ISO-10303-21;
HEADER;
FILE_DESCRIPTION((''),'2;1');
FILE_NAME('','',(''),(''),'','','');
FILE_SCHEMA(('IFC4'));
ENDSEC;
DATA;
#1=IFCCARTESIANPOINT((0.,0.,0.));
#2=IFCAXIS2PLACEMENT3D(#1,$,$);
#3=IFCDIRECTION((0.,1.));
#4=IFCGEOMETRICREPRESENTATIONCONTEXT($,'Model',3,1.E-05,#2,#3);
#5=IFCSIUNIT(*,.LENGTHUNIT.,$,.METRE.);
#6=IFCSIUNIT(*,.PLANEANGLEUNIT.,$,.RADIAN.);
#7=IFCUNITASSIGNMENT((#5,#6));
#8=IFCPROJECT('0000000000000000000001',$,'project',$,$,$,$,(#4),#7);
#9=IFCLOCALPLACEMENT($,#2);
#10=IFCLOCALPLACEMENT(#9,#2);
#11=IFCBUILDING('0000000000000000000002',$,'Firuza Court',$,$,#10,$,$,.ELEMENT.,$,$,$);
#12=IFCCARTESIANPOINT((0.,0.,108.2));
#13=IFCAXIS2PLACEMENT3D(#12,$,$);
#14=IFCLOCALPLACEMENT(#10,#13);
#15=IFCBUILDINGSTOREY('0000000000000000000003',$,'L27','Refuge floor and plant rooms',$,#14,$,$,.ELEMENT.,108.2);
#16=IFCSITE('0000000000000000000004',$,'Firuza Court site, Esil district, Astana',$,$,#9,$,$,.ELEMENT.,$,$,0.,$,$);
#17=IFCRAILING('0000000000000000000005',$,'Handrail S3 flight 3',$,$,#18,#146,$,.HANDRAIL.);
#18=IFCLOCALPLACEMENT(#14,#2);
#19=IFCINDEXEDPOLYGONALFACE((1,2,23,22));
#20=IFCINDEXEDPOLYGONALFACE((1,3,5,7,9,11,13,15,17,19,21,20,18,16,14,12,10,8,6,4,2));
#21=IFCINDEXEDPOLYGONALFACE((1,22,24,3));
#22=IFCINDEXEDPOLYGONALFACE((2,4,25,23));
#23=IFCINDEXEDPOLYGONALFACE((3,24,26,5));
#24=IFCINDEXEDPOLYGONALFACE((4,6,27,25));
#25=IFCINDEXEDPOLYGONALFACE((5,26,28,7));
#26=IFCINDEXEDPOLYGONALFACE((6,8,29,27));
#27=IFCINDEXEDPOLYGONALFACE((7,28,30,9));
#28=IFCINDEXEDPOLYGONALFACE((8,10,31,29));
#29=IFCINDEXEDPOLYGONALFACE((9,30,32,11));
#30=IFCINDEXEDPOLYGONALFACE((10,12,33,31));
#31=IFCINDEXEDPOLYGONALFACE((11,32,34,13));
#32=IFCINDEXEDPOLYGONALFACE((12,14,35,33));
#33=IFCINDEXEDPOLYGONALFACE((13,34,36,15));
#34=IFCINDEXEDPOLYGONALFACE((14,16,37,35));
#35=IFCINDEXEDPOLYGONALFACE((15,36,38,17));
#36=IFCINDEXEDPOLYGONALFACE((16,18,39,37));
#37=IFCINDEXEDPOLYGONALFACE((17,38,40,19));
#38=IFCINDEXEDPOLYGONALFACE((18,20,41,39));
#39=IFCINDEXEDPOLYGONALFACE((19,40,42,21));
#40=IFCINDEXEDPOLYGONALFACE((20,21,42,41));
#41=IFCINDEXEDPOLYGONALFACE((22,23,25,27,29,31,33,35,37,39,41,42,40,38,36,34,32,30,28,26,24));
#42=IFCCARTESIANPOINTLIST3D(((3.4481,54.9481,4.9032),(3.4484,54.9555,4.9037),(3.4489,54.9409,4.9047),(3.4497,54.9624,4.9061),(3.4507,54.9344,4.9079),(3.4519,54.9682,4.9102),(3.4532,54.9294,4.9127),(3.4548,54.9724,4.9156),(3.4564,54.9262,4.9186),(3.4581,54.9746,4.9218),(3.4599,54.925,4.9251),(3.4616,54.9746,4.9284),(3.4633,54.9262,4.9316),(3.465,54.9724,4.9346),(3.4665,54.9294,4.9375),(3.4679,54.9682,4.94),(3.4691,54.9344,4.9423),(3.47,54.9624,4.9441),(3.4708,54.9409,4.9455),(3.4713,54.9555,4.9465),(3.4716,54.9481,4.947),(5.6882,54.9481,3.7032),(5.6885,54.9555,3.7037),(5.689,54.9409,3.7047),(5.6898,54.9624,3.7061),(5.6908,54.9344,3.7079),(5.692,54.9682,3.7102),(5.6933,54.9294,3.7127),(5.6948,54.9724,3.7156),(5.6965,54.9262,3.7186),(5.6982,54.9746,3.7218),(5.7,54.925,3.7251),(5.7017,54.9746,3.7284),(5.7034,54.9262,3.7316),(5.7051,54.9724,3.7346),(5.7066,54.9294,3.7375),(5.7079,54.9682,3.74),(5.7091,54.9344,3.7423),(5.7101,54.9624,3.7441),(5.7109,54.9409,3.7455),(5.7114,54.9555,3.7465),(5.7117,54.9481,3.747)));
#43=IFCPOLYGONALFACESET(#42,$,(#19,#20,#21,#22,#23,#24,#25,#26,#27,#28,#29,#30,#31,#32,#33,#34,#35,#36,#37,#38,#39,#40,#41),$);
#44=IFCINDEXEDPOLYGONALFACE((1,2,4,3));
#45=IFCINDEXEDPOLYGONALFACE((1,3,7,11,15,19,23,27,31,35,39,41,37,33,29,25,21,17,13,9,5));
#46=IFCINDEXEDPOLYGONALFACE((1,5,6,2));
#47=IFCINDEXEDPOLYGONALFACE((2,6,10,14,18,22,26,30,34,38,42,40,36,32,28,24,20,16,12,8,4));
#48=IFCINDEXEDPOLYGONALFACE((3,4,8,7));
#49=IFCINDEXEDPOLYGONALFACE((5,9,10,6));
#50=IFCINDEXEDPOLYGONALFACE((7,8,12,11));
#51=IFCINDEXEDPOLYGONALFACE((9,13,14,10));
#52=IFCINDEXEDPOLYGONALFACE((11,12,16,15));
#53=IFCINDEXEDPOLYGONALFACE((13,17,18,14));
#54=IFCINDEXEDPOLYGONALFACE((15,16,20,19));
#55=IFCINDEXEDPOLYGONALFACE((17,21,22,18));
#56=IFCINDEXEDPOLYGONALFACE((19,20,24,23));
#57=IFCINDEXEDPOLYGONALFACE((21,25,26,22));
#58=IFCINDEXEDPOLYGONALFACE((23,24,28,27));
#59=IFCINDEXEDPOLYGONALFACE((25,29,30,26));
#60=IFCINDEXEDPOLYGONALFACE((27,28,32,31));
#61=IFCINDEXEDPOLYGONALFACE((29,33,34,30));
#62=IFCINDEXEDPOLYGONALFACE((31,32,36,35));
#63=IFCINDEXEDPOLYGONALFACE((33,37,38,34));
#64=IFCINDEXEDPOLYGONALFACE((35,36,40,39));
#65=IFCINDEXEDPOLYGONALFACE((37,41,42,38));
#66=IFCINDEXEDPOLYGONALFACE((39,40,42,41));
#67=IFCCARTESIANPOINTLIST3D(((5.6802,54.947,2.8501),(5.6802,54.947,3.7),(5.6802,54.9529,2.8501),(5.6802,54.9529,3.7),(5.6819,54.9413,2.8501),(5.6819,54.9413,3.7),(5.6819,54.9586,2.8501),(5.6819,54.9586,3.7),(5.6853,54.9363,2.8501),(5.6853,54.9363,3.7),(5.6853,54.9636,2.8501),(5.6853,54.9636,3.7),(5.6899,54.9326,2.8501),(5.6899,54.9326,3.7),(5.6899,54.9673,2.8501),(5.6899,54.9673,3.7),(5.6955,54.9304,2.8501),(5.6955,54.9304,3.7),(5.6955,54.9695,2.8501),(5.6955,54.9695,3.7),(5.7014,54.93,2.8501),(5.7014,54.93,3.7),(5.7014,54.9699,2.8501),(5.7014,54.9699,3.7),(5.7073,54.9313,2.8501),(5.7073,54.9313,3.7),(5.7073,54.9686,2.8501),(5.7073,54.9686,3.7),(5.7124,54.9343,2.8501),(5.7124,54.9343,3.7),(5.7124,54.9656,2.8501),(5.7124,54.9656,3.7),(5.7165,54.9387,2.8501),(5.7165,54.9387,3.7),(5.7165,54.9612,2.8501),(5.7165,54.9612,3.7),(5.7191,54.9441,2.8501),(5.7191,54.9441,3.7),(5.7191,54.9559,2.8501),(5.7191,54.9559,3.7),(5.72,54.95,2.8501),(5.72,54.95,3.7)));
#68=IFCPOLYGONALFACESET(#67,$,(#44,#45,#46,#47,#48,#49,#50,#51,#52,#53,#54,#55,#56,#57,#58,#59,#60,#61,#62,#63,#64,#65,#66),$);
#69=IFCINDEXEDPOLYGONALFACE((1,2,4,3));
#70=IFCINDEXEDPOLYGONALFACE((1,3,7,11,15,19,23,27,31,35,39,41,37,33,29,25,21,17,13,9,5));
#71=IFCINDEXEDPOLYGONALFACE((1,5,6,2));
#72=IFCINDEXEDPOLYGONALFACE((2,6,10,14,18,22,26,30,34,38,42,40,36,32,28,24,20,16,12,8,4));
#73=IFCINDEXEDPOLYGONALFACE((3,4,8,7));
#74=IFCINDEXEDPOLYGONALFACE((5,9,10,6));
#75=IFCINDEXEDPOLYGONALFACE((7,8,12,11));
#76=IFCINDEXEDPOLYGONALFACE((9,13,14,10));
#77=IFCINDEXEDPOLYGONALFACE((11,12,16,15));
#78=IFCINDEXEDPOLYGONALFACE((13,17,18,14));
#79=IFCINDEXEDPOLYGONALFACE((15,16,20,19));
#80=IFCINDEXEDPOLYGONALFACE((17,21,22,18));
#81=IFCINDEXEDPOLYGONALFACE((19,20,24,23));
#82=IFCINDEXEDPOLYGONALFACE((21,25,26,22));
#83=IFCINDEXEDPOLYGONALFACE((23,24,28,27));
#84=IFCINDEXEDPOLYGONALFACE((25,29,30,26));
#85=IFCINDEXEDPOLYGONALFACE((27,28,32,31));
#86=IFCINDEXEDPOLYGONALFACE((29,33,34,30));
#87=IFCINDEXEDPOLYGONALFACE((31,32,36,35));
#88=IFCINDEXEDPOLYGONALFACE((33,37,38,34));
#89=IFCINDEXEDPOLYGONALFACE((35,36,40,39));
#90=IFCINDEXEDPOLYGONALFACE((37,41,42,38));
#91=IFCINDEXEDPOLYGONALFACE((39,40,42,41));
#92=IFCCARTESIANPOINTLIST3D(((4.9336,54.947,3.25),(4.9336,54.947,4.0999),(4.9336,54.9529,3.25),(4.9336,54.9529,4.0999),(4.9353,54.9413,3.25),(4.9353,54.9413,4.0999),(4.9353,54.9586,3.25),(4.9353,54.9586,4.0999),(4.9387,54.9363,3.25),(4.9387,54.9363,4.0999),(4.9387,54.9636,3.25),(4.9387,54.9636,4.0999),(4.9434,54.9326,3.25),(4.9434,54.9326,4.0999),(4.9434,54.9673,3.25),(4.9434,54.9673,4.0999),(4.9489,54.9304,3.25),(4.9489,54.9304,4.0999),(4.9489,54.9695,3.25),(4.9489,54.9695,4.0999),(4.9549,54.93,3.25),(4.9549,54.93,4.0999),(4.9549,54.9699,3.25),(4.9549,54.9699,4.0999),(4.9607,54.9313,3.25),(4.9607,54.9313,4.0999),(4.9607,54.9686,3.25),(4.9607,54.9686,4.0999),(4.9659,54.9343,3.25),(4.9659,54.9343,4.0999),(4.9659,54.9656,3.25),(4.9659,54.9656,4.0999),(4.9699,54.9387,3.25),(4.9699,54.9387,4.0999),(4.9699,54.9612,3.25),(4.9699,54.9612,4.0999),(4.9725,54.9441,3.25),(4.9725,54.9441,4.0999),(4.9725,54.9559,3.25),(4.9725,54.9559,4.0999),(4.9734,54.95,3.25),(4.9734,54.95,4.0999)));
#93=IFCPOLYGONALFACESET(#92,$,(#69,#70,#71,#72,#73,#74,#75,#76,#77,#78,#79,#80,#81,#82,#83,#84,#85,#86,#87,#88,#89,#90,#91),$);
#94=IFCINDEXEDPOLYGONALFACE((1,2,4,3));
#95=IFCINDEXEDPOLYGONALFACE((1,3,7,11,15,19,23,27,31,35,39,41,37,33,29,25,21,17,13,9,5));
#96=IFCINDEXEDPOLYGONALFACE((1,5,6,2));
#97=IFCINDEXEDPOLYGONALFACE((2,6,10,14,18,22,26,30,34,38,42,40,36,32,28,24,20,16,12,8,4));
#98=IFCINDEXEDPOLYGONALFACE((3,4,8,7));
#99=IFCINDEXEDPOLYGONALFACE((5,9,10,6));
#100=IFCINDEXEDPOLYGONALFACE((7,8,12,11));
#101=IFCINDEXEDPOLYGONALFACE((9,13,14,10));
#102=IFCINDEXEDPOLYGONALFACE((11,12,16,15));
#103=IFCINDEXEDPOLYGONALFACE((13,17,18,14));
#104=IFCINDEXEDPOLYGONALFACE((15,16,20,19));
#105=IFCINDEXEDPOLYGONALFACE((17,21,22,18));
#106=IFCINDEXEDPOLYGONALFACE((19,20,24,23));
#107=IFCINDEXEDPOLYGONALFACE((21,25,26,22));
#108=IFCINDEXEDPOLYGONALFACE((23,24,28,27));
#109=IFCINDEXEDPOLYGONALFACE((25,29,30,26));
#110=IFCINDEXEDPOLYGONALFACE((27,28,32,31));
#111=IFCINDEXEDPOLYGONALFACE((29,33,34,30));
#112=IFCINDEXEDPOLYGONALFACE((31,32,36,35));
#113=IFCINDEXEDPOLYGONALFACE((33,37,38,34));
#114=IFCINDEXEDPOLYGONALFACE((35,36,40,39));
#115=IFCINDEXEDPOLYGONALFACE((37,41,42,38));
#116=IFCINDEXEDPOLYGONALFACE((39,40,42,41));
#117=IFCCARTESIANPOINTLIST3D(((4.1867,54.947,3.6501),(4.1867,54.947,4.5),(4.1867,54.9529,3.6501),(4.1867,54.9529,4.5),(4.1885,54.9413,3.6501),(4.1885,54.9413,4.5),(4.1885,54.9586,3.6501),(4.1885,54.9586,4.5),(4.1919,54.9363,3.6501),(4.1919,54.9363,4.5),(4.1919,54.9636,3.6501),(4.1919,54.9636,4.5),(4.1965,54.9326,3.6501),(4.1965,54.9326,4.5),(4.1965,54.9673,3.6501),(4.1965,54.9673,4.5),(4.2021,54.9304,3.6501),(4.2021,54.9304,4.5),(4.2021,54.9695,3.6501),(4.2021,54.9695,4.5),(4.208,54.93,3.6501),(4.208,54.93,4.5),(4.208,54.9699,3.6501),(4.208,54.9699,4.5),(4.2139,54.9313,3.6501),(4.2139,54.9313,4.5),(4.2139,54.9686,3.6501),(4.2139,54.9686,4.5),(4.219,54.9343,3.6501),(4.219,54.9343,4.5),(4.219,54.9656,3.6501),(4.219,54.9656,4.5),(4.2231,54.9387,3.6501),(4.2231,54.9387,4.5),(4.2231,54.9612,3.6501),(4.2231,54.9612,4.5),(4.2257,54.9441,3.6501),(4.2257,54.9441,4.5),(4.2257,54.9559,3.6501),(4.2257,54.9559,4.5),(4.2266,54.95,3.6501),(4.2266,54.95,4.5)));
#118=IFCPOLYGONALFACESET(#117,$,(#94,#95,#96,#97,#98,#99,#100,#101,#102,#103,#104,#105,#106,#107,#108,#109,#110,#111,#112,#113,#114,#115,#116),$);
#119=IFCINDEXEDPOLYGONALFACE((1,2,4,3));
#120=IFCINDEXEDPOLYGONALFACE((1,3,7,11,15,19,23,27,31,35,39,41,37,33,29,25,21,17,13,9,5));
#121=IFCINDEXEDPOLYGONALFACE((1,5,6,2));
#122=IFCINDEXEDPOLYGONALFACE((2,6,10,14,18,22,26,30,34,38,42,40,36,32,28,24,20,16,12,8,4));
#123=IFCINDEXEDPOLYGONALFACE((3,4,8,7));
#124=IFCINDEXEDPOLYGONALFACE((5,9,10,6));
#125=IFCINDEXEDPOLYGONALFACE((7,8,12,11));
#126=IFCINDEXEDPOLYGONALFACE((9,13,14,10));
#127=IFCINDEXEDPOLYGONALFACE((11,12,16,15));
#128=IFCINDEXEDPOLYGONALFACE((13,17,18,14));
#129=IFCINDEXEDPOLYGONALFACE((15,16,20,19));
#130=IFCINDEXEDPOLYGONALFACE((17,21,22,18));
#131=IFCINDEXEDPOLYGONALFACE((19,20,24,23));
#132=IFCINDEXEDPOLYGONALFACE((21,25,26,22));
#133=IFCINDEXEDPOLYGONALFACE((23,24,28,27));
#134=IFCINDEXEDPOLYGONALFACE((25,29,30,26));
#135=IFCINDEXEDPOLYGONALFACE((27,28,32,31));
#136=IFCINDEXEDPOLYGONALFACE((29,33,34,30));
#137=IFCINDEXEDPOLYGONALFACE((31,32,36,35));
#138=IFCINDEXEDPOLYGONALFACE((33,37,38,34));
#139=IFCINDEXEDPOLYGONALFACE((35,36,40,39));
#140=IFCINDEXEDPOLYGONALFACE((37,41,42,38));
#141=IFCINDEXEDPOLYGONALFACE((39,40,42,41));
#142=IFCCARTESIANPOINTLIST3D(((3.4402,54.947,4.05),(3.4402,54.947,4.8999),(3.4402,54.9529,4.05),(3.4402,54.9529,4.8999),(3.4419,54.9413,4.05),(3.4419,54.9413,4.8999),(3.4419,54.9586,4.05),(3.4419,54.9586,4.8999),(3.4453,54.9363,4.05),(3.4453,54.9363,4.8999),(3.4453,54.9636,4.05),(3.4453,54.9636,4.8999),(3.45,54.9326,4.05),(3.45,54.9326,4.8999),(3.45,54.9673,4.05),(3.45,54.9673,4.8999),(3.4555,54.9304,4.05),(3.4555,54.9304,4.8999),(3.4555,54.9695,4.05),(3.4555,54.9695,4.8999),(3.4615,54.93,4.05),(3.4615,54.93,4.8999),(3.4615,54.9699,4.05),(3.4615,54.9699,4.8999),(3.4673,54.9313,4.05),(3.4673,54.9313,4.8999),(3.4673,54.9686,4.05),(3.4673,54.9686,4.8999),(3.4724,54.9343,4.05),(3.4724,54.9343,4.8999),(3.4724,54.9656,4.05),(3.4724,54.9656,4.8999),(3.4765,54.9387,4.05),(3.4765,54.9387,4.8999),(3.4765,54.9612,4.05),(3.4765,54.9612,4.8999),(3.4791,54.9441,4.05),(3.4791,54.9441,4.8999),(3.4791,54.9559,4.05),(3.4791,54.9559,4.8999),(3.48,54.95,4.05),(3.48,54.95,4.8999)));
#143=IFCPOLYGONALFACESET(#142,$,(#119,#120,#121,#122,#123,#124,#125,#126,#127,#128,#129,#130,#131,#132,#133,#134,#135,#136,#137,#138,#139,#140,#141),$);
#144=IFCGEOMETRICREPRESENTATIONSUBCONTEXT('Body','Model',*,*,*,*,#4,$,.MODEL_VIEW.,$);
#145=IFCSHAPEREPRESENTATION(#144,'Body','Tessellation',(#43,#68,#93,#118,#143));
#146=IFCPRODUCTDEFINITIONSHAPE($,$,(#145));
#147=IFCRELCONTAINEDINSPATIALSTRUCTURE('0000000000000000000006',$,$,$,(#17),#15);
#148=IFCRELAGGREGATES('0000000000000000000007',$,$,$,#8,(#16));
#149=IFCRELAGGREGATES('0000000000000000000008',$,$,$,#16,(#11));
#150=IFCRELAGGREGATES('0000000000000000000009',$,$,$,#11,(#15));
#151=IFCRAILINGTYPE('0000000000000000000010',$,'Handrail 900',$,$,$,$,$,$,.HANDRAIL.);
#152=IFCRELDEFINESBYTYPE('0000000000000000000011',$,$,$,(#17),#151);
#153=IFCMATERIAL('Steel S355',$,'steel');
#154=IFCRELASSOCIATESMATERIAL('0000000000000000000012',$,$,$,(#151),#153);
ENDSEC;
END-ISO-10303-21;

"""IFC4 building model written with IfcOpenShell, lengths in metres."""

from ifc_helpers import new_model, si_unit, direction, frame, origin, origin_2d, place, context, subcontext, project, spatial, circle, extrude, material, type_object, element, save


model = new_model("IFC4")

# Units and contexts
model_context = context("Model", 3, precision=1e-05, world=origin(), true_north=direction((0.0, 1.0)))
body_context = subcontext(model_context, "Body", "Model", "MODEL_VIEW")
ifc_project = project(units=[si_unit("LENGTHUNIT", "METRE"), si_unit("PLANEANGLEUNIT", "RADIAN")], contexts=[model_context])

# Site, building, storey
site_placement = place(None, origin())
site = spatial("IfcSite", under=ifc_project, at=site_placement, Name="Firuza Court site, Esil district, Astana", CompositionType="ELEMENT", RefElevation=0.0)
building_placement = place(site_placement, origin())
building = spatial("IfcBuilding", under=site, at=building_placement, Name="Firuza Court", CompositionType="ELEMENT")
storey_placement = place(building_placement, frame((0.0, 0.0, 108.2)))
storey = spatial("IfcBuildingStorey", under=building, at=storey_placement, Name="L27", Description="Refuge floor and plant rooms", CompositionType="ELEMENT", Elevation=108.2)

# Railing
ifc_material_1 = material(Name="Steel S355", Category="steel")
railing_type_1 = type_object("IfcRailingType", Name="Handrail 900", PredefinedType="HANDRAIL", material=ifc_material_1)
for number, where, name in (
    (1, (5.7, 54.95, 2.8501), "Handrail S3 flight 3"),
):
    element("IfcRailing", number, at=place(storey_placement, frame(where)), inside=storey, type_object=railing_type_1, Name=name, PredefinedType="HANDRAIL", context=body_context, shape_type="SweptSolid", body=[
        extrude(circle(Radius=0.0249, at=origin_2d()), frame((0.0, 0.0, 0.875), z_axis=(-0.881487, 0.0, 0.472208), x_axis=(0.0, -1.0, 0.0)), (0.0, 0.0, 1.0), 2.5413),
        extrude(circle(Radius=0.02, at=origin_2d()), origin(), (0.0, 0.0, 1.0), 0.8499),
        extrude(circle(Radius=0.02, at=origin_2d()), frame((-0.7466, 0.0, 0.3999)), (0.0, 0.0, 1.0), 0.8499),
        extrude(circle(Radius=0.02, at=origin_2d()), frame((-1.4934, 0.0, 0.8)), (0.0, 0.0, 1.0), 0.8499),
        extrude(circle(Radius=0.02, at=origin_2d()), frame((-2.24, 0.0, 1.2)), (0.0, 0.0, 1.0), 0.8499),
    ])

save(model, "model.ifc")
